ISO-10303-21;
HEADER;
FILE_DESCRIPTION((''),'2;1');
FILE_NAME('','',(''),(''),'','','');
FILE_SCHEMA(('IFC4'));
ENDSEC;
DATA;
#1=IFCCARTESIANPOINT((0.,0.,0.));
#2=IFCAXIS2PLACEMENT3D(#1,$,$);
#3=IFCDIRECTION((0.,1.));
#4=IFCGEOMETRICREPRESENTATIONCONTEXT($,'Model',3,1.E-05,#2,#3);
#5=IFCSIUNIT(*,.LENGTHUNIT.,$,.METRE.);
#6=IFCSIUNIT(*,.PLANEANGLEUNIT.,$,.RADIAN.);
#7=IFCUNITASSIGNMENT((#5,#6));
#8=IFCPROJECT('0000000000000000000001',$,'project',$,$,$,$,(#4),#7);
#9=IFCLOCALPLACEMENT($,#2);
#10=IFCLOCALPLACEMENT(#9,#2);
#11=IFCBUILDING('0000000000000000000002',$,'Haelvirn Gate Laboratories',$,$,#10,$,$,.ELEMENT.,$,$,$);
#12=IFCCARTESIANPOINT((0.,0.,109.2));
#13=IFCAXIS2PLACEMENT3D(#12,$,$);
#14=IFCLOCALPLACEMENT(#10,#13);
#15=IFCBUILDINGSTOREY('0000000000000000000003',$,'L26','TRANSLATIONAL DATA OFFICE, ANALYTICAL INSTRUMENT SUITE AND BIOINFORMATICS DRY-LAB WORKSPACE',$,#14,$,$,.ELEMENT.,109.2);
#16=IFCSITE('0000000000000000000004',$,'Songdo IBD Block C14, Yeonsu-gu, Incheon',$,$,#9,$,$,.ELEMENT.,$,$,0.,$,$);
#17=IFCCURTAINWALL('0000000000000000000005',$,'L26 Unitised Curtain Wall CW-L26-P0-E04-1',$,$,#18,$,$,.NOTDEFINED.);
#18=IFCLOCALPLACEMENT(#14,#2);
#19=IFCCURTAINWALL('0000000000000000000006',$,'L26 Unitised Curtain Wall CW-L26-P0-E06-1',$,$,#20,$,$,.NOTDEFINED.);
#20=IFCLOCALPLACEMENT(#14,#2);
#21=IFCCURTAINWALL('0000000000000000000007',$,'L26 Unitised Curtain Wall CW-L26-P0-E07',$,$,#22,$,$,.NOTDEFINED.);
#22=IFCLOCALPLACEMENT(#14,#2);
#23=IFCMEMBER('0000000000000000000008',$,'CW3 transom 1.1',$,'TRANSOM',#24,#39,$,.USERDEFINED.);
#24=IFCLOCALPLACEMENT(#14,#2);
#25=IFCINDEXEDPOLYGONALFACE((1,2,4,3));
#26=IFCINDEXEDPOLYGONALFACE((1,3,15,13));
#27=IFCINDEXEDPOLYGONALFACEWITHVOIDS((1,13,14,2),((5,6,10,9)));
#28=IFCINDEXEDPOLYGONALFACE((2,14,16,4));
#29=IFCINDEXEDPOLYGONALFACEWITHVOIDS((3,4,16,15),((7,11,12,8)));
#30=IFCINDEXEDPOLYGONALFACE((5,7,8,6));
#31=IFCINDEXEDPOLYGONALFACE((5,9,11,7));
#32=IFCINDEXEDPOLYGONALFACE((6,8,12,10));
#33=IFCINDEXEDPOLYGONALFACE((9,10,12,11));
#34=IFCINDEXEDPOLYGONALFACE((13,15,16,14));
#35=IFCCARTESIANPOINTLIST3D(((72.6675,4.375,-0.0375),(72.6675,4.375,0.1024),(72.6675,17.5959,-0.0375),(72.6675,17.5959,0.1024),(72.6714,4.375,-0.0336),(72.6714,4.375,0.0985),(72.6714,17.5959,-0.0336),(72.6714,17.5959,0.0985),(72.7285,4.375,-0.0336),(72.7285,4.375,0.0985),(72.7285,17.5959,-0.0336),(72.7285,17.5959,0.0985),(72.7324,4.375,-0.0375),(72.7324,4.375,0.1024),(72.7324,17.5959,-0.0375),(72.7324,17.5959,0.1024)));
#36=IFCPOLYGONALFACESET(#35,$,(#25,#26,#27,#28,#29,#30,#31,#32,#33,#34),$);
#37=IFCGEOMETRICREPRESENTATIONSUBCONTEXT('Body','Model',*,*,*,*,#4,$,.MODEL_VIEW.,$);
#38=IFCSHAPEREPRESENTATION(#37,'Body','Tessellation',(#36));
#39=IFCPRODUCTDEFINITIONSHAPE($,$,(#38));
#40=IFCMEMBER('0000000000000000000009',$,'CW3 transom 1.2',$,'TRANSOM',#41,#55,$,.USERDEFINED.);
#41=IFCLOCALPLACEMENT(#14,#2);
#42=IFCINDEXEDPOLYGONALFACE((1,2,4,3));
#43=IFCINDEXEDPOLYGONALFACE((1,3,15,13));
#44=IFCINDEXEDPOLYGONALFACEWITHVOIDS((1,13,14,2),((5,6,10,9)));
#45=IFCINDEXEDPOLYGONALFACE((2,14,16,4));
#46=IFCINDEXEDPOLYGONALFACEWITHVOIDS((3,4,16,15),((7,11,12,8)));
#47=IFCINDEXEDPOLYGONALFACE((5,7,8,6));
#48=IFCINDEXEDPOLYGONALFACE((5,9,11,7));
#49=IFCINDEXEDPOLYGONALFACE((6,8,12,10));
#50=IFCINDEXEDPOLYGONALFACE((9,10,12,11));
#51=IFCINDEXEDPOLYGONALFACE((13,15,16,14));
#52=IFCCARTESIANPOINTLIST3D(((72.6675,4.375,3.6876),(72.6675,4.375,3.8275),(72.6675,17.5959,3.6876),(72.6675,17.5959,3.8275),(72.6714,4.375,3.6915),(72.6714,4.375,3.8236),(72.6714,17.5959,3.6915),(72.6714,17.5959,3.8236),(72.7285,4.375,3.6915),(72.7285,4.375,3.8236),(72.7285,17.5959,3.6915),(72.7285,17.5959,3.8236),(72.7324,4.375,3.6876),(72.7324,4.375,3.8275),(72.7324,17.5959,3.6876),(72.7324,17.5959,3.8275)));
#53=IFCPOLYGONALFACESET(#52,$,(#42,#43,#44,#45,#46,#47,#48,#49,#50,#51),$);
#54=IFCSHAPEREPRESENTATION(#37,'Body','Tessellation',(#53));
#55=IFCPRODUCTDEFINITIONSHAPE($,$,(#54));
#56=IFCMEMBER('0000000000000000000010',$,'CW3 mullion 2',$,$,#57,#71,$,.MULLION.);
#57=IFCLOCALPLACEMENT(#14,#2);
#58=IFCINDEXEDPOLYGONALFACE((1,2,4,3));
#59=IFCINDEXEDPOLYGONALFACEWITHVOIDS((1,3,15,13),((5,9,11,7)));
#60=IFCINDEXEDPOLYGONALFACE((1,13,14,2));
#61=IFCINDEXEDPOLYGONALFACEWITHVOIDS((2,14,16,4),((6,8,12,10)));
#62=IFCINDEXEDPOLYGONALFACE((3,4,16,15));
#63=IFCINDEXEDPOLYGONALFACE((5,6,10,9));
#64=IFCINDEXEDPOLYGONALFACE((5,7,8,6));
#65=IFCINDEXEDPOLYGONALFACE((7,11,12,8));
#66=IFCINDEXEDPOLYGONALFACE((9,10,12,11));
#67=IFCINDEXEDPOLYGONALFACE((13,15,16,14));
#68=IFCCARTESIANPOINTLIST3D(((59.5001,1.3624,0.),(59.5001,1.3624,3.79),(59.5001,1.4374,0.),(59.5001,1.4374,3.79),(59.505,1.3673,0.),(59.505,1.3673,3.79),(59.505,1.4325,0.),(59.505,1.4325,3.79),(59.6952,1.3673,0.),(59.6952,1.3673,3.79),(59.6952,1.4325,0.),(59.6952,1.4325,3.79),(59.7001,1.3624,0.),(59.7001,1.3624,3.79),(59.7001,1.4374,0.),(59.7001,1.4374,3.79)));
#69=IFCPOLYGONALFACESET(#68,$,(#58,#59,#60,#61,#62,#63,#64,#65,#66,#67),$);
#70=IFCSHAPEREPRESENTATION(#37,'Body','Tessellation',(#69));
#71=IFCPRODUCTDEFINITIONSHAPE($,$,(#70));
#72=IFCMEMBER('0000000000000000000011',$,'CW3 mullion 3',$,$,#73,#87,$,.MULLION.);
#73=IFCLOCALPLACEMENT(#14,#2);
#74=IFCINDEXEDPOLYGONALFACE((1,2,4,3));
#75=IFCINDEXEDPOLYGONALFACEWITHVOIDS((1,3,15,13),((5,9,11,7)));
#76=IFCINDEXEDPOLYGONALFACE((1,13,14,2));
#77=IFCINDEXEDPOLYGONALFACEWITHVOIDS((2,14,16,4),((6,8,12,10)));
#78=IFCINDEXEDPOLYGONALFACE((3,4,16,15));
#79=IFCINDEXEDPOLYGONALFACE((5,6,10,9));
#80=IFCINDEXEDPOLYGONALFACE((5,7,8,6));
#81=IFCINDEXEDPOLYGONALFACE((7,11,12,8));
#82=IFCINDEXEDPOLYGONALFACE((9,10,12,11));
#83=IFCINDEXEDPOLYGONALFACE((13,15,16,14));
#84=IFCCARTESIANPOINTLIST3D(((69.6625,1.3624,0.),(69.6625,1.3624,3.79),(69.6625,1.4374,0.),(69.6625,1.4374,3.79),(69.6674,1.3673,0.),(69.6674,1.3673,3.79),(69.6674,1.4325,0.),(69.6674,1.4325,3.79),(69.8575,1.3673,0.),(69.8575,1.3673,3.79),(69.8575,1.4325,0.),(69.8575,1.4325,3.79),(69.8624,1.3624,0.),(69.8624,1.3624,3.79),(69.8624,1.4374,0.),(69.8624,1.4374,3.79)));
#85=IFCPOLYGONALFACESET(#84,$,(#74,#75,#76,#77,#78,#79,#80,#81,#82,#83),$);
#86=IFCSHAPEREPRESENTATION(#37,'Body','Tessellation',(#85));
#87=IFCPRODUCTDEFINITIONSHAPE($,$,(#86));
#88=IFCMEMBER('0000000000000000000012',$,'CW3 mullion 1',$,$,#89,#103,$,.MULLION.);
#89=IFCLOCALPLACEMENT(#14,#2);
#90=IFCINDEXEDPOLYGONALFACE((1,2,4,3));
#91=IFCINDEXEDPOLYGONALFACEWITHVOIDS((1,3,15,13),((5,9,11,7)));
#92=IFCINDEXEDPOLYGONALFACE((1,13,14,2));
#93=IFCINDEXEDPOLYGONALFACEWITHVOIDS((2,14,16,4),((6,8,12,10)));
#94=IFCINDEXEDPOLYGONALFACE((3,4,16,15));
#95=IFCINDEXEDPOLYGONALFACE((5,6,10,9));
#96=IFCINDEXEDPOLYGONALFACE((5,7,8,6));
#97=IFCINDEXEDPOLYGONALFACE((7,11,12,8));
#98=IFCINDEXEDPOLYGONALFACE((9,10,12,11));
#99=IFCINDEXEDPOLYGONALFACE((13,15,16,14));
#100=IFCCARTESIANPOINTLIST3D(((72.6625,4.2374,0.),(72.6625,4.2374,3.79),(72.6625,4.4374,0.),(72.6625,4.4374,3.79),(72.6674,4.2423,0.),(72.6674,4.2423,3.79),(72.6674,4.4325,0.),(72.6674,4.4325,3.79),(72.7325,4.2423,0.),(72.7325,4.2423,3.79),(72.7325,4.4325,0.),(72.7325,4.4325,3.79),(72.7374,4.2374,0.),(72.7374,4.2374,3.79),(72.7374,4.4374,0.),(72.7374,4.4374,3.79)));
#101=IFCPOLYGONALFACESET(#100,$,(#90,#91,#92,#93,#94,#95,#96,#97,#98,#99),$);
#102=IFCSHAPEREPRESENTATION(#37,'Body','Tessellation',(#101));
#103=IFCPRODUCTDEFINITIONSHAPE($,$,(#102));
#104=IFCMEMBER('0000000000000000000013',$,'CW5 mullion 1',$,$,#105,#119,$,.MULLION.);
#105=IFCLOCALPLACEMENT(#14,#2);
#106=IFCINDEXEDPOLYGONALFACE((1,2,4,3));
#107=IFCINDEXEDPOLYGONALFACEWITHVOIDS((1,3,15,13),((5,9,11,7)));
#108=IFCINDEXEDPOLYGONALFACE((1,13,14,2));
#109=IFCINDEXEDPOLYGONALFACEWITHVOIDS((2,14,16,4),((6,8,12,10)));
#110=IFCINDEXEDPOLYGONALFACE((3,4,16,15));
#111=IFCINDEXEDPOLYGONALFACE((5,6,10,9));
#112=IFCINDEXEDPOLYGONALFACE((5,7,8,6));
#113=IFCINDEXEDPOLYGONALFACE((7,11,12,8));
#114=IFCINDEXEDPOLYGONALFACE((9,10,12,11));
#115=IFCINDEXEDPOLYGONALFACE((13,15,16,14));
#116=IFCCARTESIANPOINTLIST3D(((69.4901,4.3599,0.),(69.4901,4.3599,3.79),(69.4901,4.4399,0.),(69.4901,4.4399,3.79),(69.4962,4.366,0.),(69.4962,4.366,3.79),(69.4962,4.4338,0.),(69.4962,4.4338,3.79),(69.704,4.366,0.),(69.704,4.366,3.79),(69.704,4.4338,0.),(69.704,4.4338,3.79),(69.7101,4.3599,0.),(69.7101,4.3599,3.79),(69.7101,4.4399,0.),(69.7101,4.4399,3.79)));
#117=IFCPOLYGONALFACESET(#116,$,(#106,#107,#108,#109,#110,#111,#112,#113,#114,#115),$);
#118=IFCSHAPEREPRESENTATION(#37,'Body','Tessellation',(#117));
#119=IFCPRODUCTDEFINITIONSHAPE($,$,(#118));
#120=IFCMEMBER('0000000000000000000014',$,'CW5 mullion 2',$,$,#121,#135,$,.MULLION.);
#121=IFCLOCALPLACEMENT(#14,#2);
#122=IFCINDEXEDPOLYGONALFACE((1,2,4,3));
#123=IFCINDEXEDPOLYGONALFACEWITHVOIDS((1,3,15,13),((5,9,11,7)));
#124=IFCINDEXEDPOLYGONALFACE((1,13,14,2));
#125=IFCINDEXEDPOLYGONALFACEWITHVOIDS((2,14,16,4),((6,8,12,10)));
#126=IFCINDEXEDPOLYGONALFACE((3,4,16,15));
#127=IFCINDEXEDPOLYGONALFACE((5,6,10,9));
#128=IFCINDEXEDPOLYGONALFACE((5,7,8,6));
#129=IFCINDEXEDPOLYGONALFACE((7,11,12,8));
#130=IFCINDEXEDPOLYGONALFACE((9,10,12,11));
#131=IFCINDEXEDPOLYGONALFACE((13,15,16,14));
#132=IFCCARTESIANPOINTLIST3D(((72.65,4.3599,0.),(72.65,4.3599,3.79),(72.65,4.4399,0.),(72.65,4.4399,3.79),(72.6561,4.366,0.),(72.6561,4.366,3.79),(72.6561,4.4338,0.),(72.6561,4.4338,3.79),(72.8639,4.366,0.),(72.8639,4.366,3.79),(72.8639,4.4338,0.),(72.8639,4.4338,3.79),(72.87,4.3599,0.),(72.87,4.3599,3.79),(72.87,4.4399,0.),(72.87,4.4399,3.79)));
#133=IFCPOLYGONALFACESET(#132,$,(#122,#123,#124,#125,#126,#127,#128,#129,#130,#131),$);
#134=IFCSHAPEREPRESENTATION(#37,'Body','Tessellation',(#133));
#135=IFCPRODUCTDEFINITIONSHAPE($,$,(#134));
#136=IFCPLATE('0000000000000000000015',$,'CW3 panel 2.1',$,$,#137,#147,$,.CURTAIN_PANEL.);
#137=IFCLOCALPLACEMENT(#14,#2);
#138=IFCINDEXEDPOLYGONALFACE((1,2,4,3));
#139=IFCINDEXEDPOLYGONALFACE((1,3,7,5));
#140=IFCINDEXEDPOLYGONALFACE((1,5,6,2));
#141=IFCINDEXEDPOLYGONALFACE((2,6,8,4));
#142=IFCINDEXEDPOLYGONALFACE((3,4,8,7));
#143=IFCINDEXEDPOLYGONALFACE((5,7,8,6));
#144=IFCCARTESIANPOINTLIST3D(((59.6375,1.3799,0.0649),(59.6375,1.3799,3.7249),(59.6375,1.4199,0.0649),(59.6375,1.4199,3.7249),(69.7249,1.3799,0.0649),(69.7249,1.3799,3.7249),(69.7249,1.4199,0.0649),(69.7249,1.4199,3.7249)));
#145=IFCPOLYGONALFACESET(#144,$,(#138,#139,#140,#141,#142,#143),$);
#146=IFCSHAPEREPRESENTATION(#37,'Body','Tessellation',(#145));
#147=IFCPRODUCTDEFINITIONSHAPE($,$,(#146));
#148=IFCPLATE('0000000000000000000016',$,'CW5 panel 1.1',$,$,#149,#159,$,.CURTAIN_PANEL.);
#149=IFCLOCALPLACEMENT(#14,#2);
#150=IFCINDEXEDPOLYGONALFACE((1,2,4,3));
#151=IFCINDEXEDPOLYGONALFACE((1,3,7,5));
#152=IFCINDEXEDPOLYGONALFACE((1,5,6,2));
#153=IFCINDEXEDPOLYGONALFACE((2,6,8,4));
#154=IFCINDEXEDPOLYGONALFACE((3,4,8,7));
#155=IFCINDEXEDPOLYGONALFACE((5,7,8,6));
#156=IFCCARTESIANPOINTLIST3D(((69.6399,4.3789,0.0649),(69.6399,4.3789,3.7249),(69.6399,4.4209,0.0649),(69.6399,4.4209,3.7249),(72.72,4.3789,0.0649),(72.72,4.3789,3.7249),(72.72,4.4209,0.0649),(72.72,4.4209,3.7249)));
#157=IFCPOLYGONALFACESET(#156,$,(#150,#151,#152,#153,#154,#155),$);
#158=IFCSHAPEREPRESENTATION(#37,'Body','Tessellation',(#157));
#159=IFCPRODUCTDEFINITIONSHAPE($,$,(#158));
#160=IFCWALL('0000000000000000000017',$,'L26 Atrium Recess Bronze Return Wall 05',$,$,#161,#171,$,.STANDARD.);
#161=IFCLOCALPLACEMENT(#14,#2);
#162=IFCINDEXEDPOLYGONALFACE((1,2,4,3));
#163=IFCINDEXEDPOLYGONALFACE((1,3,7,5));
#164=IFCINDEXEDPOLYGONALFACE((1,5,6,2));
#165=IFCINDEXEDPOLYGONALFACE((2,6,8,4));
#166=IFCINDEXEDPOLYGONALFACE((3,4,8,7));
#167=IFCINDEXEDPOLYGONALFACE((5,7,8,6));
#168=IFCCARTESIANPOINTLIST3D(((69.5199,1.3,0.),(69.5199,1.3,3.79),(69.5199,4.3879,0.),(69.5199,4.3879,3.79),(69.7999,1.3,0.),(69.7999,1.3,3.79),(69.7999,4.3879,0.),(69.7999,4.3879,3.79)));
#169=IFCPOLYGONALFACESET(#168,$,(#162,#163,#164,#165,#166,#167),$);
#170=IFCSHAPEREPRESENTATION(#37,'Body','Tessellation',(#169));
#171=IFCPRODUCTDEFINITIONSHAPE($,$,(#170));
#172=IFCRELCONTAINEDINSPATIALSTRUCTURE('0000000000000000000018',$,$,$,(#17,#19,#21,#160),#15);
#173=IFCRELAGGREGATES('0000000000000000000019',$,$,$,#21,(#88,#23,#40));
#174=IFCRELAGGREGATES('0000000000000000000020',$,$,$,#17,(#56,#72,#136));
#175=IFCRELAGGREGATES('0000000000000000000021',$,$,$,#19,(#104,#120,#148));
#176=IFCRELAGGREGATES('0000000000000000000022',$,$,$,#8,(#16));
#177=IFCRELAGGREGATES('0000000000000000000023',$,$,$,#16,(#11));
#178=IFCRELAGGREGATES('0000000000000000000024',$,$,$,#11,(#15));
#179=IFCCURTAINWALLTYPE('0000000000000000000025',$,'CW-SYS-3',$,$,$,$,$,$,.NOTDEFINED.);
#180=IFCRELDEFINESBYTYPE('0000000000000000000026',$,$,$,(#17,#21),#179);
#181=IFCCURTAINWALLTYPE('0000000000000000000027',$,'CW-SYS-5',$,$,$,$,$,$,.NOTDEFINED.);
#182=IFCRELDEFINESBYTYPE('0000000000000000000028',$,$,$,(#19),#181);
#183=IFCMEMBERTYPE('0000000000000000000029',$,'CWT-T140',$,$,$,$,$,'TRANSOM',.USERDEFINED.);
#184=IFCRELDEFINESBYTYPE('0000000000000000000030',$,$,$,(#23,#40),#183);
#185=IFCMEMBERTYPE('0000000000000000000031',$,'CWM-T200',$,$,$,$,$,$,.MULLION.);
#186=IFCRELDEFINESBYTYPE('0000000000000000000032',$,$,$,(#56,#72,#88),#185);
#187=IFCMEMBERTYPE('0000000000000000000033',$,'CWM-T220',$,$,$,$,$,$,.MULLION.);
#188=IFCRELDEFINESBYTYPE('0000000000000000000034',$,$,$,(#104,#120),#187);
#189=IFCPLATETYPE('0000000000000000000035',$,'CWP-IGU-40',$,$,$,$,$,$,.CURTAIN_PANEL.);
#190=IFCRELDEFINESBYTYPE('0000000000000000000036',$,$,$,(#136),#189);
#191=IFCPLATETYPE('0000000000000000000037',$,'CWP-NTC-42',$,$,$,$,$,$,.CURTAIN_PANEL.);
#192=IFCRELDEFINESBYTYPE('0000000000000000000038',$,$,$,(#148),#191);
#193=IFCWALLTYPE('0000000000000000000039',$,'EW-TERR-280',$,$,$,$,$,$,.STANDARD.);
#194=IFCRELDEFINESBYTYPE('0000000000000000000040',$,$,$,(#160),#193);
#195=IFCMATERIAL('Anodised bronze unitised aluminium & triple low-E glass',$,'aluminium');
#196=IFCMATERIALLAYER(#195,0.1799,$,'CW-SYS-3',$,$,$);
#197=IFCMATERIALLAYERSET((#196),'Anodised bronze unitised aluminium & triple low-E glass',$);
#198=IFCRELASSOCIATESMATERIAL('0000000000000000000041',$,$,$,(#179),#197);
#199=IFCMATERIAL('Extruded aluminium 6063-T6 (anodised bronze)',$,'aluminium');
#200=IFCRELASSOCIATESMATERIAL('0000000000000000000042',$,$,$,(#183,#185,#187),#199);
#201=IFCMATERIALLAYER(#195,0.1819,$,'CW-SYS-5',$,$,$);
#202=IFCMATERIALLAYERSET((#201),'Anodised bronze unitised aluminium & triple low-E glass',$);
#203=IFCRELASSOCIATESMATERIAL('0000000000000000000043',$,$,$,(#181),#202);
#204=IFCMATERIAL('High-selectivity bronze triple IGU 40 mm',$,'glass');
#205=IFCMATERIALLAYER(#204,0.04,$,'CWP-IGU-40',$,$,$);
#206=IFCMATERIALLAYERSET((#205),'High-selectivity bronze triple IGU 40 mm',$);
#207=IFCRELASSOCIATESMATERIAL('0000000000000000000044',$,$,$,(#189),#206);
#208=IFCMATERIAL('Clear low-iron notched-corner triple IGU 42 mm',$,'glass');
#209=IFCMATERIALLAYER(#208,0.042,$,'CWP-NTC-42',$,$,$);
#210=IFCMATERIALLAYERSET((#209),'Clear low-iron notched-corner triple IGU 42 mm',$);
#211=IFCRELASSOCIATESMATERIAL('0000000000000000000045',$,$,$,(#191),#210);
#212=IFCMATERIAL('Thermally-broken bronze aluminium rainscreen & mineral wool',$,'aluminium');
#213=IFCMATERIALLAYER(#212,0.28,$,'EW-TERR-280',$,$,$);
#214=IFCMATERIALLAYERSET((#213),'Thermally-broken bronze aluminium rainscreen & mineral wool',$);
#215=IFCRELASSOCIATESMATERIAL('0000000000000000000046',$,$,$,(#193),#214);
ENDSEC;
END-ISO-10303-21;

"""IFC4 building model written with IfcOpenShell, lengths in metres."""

from ifc_helpers import new_model, si_unit, direction, frame, frame_2d, origin, origin_2d, place, context, subcontext, project, spatial, rectangle, hollow_rectangle, extrude, source, transform, mapped, material, layer, layer_set, material_profile, profile_set, type_object, type_shapes, element, aggregate, save


model = new_model("IFC4")

# Units and contexts
model_context = context("Model", 3, precision=1e-05, world=origin(), true_north=direction((0.0, 1.0)))
body_context = subcontext(model_context, "Body", "Model", "MODEL_VIEW")
ifc_project = project(units=[si_unit("LENGTHUNIT", "METRE"), si_unit("PLANEANGLEUNIT", "RADIAN")], contexts=[model_context])

# Site, building, storey
site_placement = place(None, origin())
site = spatial("IfcSite", under=ifc_project, at=site_placement, Name="Songdo IBD Block C14, Yeonsu-gu, Incheon", CompositionType="ELEMENT", RefElevation=0.0)
building_placement = place(site_placement, origin())
building = spatial("IfcBuilding", under=site, at=building_placement, Name="Haelvirn Gate Laboratories", CompositionType="ELEMENT")
storey_placement = place(building_placement, frame((0.0, 0.0, 109.2)))
storey = spatial("IfcBuildingStorey", under=building, at=storey_placement, Name="L26", Description="TRANSLATIONAL DATA OFFICE, ANALYTICAL INSTRUMENT SUITE AND BIOINFORMATICS DRY-LAB WORKSPACE", CompositionType="ELEMENT", Elevation=109.2)

# Curtain walls, members
ifc_material_1 = material(Name="Anodised bronze unitised aluminium & triple low-E glass", Category="aluminium")
ifc_layer_1 = layer(ifc_material_1, 0.1799, Name="CW-SYS-3")
ifc_layer_set_1 = layer_set([ifc_layer_1], Name="Anodised bronze unitised aluminium & triple low-E glass")
curtain_wall_type_1 = type_object("IfcCurtainWallType", Name="CW-SYS-3", PredefinedType="NOTDEFINED", material=ifc_layer_set_1)
curtain_wall_1_placement = place(storey_placement, origin())
curtain_wall_1 = element("IfcCurtainWall", 1, at=curtain_wall_1_placement, inside=storey, type_object=curtain_wall_type_1, Name="L26 Unitised Curtain Wall CW-L26-P0-E04-1", PredefinedType="NOTDEFINED")
ifc_material_2 = material(Name="Extruded aluminium 6063-T6 (anodised bronze)", Category="aluminium")
ifc_material_profile_1 = material_profile(ifc_material_2, hollow_rectangle(XDim=0.0649, YDim=0.1399, WallThickness=0.0039, at=origin_2d()), Name="CWT-140x65x4")
ifc_profile_set_1 = profile_set([ifc_material_profile_1], Name="Extruded aluminium 6063-T6 (anodised bronze)")
member_type_1 = type_object("IfcMemberType", Name="CWT-T140", ElementType="TRANSOM", PredefinedType="USERDEFINED", material=ifc_profile_set_1)
ifc_layer_2 = layer(ifc_material_1, 0.1819, Name="CW-SYS-5")
ifc_layer_set_2 = layer_set([ifc_layer_2], Name="Anodised bronze unitised aluminium & triple low-E glass")
curtain_wall_type_2 = type_object("IfcCurtainWallType", Name="CW-SYS-5", PredefinedType="NOTDEFINED", material=ifc_layer_set_2)
curtain_wall_2_placement = place(storey_placement, origin())
curtain_wall_2 = element("IfcCurtainWall", 2, at=curtain_wall_2_placement, inside=storey, type_object=curtain_wall_type_2, Name="L26 Unitised Curtain Wall CW-L26-P0-E06-1", PredefinedType="NOTDEFINED")
curtain_wall_3_placement = place(storey_placement, origin())
curtain_wall_3 = element("IfcCurtainWall", 3, at=curtain_wall_3_placement, inside=storey, type_object=curtain_wall_type_1, Name="L26 Unitised Curtain Wall CW-L26-P0-E07", PredefinedType="NOTDEFINED")
shared_shape_1 = source(origin(), body_context, "Body", "SweptSolid", [
    extrude(hollow_rectangle(XDim=0.0649, YDim=0.1399, WallThickness=0.0039, at=origin_2d()), origin(), (0.0, 0.0, 1.0), 13.2209),
])
member_1_placement = place(storey_placement, frame((72.7, 4.375, 0.0325), z_axis=(0.0, 1.0, 0.0), x_axis=(-1.0, 0.0, 0.0)))
member_1 = element("IfcMember", 4, at=member_1_placement, type_object=member_type_1, Name="CW3 transom 1.1", ObjectType="TRANSOM", PredefinedType="USERDEFINED", context=body_context, shape_type="MappedRepresentation", body=[
    mapped(shared_shape_1, transform((0.0, 0.0, 0.0), scale=1.0)),
])
member_2_placement = place(storey_placement, frame((72.7, 4.375, 3.7576), z_axis=(0.0, 1.0, 0.0), x_axis=(-1.0, 0.0, 0.0)))
member_2 = element("IfcMember", 5, at=member_2_placement, type_object=member_type_1, Name="CW3 transom 1.2", ObjectType="TRANSOM", PredefinedType="USERDEFINED", context=body_context, shape_type="MappedRepresentation", body=[
    mapped(shared_shape_1, transform((0.0, 0.0, 0.0), scale=1.0)),
])

# Members
ifc_material_profile_2 = material_profile(ifc_material_2, hollow_rectangle(XDim=0.075, YDim=0.2, WallThickness=0.0049, at=origin_2d()), Name="CWM-200x75x5")
ifc_profile_set_2 = profile_set([ifc_material_profile_2], Name="Extruded aluminium 6063-T6 (anodised bronze)")
member_type_2 = type_object("IfcMemberType", Name="CWM-T200", PredefinedType="MULLION", material=ifc_profile_set_2)
shared_shape_2 = source(origin(), body_context, "Body", "SweptSolid", [
    extrude(hollow_rectangle(XDim=0.075, YDim=0.2, WallThickness=0.0049, at=origin_2d()), origin(), (0.0, 0.0, 1.0), 3.79),
])
type_shapes(member_type_2, [shared_shape_2])
member_3_placement = place(storey_placement, frame((59.6001, 1.3999, 0.0), z_axis=(0.0, 0.0, 1.0), x_axis=(0.0, 1.0, 0.0)))
member_3 = element("IfcMember", 6, at=member_3_placement, type_object=member_type_2, Name="CW3 mullion 2", PredefinedType="MULLION", context=body_context, shape_type="MappedRepresentation", body=[
    mapped(shared_shape_2, transform((0.0, 0.0, 0.0), scale=1.0)),
])
member_4_placement = place(storey_placement, frame((69.7625, 1.3999, 0.0), z_axis=(0.0, 0.0, 1.0), x_axis=(0.0, 1.0, 0.0)))
member_4 = element("IfcMember", 7, at=member_4_placement, type_object=member_type_2, Name="CW3 mullion 3", PredefinedType="MULLION", context=body_context, shape_type="MappedRepresentation", body=[
    mapped(shared_shape_2, transform((0.0, 0.0, 0.0), scale=1.0)),
])
member_5_placement = place(storey_placement, frame((72.7, 4.3374, 0.0), z_axis=(0.0, 0.0, 1.0), x_axis=(-1.0, 0.0, 0.0)))
member_5 = element("IfcMember", 8, at=member_5_placement, type_object=member_type_2, Name="CW3 mullion 1", PredefinedType="MULLION", context=body_context, shape_type="MappedRepresentation", body=[
    mapped(shared_shape_2, transform((0.0, 0.0, 0.0), scale=1.0)),
])
aggregate(curtain_wall_3, [member_5, member_1, member_2])
ifc_material_profile_3 = material_profile(ifc_material_2, hollow_rectangle(XDim=0.0801, YDim=0.22, WallThickness=0.0061, at=origin_2d()), Name="CWM-220x80x6")
ifc_profile_set_3 = profile_set([ifc_material_profile_3], Name="Extruded aluminium 6063-T6 (anodised bronze)")
member_type_3 = type_object("IfcMemberType", Name="CWM-T220", PredefinedType="MULLION", material=ifc_profile_set_3)
shared_shape_3 = source(origin(), body_context, "Body", "SweptSolid", [
    extrude(hollow_rectangle(XDim=0.0801, YDim=0.22, WallThickness=0.0061, at=origin_2d()), origin(), (0.0, 0.0, 1.0), 3.79),
])
type_shapes(member_type_3, [shared_shape_3])
member_6_placement = place(storey_placement, frame((69.6001, 4.3999, 0.0), z_axis=(0.0, 0.0, 1.0), x_axis=(0.0, 1.0, 0.0)))
member_6 = element("IfcMember", 9, at=member_6_placement, type_object=member_type_3, Name="CW5 mullion 1", PredefinedType="MULLION", context=body_context, shape_type="MappedRepresentation", body=[
    mapped(shared_shape_3, transform((0.0, 0.0, 0.0), scale=1.0)),
])
member_7_placement = place(storey_placement, frame((72.76, 4.3999, 0.0), z_axis=(0.0, 0.0, 1.0), x_axis=(0.0, 1.0, 0.0)))
member_7 = element("IfcMember", 10, at=member_7_placement, type_object=member_type_3, Name="CW5 mullion 2", PredefinedType="MULLION", context=body_context, shape_type="MappedRepresentation", body=[
    mapped(shared_shape_3, transform((0.0, 0.0, 0.0), scale=1.0)),
])

# Plates
ifc_material_3 = material(Name="High-selectivity bronze triple IGU 40 mm", Category="glass")
ifc_layer_3 = layer(ifc_material_3, 0.04, Name="CWP-IGU-40")
ifc_layer_set_3 = layer_set([ifc_layer_3], Name="High-selectivity bronze triple IGU 40 mm")
plate_type_1 = type_object("IfcPlateType", Name="CWP-IGU-40", PredefinedType="CURTAIN_PANEL", material=ifc_layer_set_3)
shared_shape_4 = source(origin(), body_context, "Body", "SweptSolid", [
    extrude(rectangle(XDim=10.0874, YDim=0.04, at=origin_2d()), origin(), (0.0, 0.0, 1.0), 3.6599),
])
type_shapes(plate_type_1, [shared_shape_4])
plate_1_placement = place(storey_placement, frame((64.6812, 1.3999, 0.0649), z_axis=(0.0, 0.0, 1.0), x_axis=(1.0, 0.0, 0.0)))
plate_1 = element("IfcPlate", 11, at=plate_1_placement, type_object=plate_type_1, Name="CW3 panel 2.1", PredefinedType="CURTAIN_PANEL", context=body_context, shape_type="MappedRepresentation", body=[
    mapped(shared_shape_4, transform((0.0, 0.0, 0.0), scale=1.0)),
])
aggregate(curtain_wall_1, [member_3, member_4, plate_1])
ifc_material_4 = material(Name="Clear low-iron notched-corner triple IGU 42 mm", Category="glass")
ifc_layer_4 = layer(ifc_material_4, 0.042, Name="CWP-NTC-42")
ifc_layer_set_4 = layer_set([ifc_layer_4], Name="Clear low-iron notched-corner triple IGU 42 mm")
plate_type_2 = type_object("IfcPlateType", Name="CWP-NTC-42", PredefinedType="CURTAIN_PANEL", material=ifc_layer_set_4)
shared_shape_5 = source(origin(), body_context, "Body", "SweptSolid", [
    extrude(rectangle(XDim=3.0801, YDim=0.042, at=origin_2d()), origin(), (0.0, 0.0, 1.0), 3.6599),
])
type_shapes(plate_type_2, [shared_shape_5])
plate_2_placement = place(storey_placement, frame((71.1799, 4.3999, 0.0649), z_axis=(0.0, 0.0, 1.0), x_axis=(1.0, 0.0, 0.0)))
plate_2 = element("IfcPlate", 12, at=plate_2_placement, type_object=plate_type_2, Name="CW5 panel 1.1", PredefinedType="CURTAIN_PANEL", context=body_context, shape_type="MappedRepresentation", body=[
    mapped(shared_shape_5, transform((0.0, 0.0, 0.0), scale=1.0)),
])
aggregate(curtain_wall_2, [member_6, member_7, plate_2])

# Wall
ifc_material_5 = material(Name="Thermally-broken bronze aluminium rainscreen & mineral wool", Category="aluminium")
ifc_layer_5 = layer(ifc_material_5, 0.28, Name="EW-TERR-280")
ifc_layer_set_5 = layer_set([ifc_layer_5], Name="Thermally-broken bronze aluminium rainscreen & mineral wool")
wall_type = type_object("IfcWallType", Name="EW-TERR-280", PredefinedType="STANDARD", material=ifc_layer_set_5)
wall_placement = place(storey_placement, frame((69.6599, 1.3, 0.0), z_axis=(0.0, 0.0, 1.0), x_axis=(0.0, 1.0, 0.0)))
element("IfcWall", 13, at=wall_placement, inside=storey, type_object=wall_type, Name="L26 Atrium Recess Bronze Return Wall 05", PredefinedType="STANDARD", context=body_context, shape_type="SweptSolid", body=[
    extrude(rectangle(XDim=3.0879, YDim=0.28, at=frame_2d((1.5439, 0.0))), origin(), (0.0, 0.0, 1.0), 3.79),
])

save(model, "model.ifc")
